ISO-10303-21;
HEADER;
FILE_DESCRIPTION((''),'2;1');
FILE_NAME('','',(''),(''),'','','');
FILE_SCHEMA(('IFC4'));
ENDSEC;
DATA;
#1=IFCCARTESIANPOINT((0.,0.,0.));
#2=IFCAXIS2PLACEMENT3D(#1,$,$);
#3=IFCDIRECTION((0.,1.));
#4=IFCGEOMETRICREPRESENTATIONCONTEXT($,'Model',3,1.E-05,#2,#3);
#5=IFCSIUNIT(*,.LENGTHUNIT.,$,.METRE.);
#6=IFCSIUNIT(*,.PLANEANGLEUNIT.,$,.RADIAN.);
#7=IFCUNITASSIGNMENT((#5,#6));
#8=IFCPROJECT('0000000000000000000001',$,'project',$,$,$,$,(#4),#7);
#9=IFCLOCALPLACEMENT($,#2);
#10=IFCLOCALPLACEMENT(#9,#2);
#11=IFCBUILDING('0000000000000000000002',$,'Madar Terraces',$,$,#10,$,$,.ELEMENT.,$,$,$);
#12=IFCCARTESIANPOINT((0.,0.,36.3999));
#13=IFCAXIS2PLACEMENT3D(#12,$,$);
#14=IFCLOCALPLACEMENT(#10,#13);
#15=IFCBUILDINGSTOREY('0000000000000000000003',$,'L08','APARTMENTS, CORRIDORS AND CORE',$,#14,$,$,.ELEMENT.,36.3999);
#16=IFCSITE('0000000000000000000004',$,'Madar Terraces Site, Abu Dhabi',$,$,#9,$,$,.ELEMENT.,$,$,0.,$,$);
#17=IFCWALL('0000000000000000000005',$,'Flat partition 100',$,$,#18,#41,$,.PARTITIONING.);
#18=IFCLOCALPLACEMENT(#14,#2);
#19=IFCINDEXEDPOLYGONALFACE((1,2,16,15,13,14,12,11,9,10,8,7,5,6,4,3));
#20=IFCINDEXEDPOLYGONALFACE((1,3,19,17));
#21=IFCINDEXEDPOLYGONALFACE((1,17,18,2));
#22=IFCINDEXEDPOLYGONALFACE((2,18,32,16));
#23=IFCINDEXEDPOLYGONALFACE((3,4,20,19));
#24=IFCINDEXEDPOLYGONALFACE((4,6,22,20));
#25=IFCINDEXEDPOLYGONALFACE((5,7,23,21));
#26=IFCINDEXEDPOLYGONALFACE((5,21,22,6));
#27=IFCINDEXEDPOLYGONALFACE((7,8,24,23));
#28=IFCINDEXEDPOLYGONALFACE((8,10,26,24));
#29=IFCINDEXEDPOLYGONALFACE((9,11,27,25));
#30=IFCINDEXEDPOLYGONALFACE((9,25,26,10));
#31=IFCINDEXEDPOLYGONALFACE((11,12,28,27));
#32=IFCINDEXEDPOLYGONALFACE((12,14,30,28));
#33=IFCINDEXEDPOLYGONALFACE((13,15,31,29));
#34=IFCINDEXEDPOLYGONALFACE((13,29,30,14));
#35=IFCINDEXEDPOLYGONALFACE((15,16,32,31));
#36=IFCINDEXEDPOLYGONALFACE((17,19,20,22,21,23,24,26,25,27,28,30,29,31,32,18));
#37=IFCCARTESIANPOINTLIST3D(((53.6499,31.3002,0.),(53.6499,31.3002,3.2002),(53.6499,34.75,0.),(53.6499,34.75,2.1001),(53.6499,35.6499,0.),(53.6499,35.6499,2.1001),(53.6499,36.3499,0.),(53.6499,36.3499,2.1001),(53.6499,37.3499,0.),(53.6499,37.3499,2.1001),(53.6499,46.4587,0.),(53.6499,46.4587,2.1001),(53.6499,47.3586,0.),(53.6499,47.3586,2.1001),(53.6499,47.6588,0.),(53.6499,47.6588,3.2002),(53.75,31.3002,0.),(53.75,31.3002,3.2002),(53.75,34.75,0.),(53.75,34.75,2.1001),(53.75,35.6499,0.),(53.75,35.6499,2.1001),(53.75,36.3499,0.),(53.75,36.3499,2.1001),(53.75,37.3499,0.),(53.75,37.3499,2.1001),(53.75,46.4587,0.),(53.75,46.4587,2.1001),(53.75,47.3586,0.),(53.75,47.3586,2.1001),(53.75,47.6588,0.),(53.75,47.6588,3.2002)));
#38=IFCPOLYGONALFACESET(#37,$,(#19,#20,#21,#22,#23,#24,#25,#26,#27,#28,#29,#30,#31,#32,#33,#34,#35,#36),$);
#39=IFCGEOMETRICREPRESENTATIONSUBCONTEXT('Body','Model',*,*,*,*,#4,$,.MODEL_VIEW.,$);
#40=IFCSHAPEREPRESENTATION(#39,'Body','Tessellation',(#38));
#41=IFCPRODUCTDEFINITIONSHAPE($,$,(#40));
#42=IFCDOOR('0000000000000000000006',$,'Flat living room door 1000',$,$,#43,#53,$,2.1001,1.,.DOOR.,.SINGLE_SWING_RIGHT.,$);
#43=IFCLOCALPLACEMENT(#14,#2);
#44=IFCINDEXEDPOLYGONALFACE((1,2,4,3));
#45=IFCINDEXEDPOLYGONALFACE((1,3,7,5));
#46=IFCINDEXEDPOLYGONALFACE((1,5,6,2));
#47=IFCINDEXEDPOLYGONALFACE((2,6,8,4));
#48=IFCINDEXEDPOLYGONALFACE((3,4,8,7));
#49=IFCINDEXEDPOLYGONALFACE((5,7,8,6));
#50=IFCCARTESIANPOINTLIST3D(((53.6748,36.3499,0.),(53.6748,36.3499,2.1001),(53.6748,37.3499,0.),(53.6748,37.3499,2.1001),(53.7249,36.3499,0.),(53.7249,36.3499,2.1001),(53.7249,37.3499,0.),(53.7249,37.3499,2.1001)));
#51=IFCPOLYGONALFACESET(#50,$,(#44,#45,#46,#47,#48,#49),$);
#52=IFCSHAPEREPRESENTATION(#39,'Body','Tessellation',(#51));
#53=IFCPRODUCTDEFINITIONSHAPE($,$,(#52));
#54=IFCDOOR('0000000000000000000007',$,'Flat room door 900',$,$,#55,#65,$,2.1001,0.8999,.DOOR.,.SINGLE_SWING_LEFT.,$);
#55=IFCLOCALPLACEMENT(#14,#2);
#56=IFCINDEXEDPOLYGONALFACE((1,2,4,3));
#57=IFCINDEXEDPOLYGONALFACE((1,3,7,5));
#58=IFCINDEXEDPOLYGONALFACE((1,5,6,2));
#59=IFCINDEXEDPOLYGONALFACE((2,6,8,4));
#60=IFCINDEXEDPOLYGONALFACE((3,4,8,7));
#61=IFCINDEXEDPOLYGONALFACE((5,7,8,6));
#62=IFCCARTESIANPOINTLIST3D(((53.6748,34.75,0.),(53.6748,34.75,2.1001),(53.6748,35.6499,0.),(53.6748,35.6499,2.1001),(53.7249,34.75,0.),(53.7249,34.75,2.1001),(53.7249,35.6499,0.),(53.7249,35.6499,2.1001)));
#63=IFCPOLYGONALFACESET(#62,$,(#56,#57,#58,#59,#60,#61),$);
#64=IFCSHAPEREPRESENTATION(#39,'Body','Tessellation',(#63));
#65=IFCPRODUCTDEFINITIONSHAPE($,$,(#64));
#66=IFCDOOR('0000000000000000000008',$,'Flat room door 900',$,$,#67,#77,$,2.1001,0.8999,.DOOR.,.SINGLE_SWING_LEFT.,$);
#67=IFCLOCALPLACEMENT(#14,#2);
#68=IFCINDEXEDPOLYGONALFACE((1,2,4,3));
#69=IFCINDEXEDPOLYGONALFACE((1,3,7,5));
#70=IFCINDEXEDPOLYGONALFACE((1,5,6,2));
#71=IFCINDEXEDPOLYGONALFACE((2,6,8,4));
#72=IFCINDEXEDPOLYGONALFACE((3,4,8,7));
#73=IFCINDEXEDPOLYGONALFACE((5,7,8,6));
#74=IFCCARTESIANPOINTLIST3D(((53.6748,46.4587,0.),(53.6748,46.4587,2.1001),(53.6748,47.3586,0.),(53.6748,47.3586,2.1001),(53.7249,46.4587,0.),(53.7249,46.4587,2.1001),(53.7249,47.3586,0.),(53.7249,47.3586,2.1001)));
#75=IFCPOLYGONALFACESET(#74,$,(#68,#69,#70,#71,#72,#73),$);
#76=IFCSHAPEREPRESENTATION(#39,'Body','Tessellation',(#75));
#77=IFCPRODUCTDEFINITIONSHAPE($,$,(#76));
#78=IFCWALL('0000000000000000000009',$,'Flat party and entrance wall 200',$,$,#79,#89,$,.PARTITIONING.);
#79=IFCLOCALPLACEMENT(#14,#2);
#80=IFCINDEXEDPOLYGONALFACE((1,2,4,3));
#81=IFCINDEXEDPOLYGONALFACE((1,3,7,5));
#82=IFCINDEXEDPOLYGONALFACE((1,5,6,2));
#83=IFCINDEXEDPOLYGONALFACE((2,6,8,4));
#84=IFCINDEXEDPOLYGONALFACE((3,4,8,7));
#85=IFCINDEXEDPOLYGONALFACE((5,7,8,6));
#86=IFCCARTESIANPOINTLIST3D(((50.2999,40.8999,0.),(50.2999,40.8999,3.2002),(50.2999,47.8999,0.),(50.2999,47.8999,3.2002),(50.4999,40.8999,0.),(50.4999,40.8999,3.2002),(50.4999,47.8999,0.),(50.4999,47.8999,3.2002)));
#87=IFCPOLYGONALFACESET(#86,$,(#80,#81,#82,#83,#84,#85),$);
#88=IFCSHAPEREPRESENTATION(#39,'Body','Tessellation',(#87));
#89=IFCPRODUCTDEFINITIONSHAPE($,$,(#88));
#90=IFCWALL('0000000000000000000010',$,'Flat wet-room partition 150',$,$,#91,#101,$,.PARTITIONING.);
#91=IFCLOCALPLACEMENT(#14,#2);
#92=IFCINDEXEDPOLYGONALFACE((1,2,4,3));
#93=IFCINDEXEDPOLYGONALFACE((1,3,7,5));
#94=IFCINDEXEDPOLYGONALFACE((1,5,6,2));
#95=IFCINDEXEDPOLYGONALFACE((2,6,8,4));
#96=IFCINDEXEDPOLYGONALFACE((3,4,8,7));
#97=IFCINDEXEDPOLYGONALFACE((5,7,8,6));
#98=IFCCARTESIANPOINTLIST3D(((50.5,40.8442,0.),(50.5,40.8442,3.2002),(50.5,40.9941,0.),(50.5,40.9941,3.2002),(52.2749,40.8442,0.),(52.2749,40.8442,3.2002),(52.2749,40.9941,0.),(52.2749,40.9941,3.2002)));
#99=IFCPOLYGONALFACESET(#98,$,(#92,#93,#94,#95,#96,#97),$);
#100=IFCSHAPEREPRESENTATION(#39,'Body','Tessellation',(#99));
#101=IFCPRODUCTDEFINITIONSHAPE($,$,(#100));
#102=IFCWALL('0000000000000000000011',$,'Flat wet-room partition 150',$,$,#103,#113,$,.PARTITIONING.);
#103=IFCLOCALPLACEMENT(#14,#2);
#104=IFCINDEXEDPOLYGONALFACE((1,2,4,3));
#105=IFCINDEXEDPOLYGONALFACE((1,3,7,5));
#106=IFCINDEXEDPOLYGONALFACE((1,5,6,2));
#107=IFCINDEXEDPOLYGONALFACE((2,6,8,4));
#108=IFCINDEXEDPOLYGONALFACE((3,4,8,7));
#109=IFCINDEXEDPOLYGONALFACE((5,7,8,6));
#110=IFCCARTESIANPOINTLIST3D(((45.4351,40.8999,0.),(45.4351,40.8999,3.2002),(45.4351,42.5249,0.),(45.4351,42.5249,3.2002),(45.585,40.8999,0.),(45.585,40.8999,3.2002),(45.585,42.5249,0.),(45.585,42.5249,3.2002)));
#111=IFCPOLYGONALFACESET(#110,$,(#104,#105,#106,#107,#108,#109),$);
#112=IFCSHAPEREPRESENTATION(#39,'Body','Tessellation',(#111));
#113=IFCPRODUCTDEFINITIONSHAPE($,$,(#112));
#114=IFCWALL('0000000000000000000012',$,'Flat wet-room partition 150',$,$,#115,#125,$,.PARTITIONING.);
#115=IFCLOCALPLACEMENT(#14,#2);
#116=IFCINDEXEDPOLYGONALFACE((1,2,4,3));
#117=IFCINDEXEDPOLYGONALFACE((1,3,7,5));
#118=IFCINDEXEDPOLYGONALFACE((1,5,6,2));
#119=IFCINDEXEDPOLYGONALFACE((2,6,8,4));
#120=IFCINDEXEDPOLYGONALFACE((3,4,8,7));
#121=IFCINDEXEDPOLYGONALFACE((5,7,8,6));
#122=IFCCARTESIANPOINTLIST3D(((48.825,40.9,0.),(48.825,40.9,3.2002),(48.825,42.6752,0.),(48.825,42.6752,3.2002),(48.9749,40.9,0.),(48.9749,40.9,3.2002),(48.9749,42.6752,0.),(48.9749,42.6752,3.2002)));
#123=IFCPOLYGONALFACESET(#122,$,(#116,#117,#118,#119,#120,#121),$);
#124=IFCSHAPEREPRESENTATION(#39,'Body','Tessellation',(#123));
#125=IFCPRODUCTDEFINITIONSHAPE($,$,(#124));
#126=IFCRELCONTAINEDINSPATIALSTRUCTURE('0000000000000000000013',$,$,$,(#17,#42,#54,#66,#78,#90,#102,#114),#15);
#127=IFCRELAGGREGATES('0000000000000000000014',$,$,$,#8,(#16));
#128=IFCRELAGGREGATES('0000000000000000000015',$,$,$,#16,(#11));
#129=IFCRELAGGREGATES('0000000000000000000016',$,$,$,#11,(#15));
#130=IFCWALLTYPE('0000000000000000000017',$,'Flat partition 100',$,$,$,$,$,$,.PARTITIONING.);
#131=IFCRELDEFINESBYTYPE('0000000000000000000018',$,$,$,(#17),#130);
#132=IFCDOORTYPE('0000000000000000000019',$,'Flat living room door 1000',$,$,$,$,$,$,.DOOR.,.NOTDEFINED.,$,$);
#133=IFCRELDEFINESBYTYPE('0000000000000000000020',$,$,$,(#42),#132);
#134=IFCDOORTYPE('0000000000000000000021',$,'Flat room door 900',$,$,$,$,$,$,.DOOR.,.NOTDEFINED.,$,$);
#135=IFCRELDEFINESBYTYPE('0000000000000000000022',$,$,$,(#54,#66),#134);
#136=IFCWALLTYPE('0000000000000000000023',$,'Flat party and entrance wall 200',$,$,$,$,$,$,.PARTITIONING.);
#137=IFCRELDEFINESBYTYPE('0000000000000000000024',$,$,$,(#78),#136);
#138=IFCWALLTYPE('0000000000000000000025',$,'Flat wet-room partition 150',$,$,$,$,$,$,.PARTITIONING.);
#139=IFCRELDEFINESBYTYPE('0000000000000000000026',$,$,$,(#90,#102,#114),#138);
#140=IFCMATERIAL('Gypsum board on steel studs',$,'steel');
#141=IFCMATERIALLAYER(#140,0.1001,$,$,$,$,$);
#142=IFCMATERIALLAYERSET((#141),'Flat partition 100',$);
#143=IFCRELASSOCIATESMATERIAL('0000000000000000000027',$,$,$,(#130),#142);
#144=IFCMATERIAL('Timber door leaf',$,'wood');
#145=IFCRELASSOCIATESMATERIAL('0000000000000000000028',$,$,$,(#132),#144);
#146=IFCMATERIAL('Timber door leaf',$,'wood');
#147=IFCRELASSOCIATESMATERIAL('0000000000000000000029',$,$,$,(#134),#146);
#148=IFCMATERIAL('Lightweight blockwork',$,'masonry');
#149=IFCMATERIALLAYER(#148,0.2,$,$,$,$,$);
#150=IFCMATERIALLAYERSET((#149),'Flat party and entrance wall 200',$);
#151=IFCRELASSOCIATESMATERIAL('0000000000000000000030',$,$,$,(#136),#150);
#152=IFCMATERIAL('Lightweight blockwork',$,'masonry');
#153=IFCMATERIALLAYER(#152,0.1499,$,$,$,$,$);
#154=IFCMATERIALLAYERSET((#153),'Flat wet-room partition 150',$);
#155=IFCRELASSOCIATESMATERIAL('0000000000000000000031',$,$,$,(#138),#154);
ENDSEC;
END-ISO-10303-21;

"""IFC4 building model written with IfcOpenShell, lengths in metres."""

from ifc_helpers import new_model, si_unit, direction, frame, frame_2d, origin, place, context, subcontext, project, spatial, rectangle, extrude, material, layer, layer_set, type_object, element, fill, save


model = new_model("IFC4")

# Units and contexts
model_context = context("Model", 3, precision=1e-05, world=origin(), true_north=direction((0.0, 1.0)))
body_context = subcontext(model_context, "Body", "Model", "MODEL_VIEW")
ifc_project = project(units=[si_unit("LENGTHUNIT", "METRE"), si_unit("PLANEANGLEUNIT", "RADIAN")], contexts=[model_context])

# Site, building, storey
site_placement = place(None, origin())
site = spatial("IfcSite", under=ifc_project, at=site_placement, Name="Madar Terraces Site, Abu Dhabi", CompositionType="ELEMENT", RefElevation=0.0)
building_placement = place(site_placement, origin())
building = spatial("IfcBuilding", under=site, at=building_placement, Name="Madar Terraces", CompositionType="ELEMENT")
storey_placement = place(building_placement, frame((0.0, 0.0, 36.3999)))
storey = spatial("IfcBuildingStorey", under=building, at=storey_placement, Name="L08", Description="APARTMENTS, CORRIDORS AND CORE", CompositionType="ELEMENT", Elevation=36.3999)

# Shared definitions
ifc_material_1 = material(Name="Gypsum board on steel studs", Category="steel")
ifc_layer_1 = layer(ifc_material_1, 0.1001)
ifc_layer_set_1 = layer_set([ifc_layer_1], Name="Flat partition 100")
wall_type_1 = type_object("IfcWallType", Name="Flat partition 100", PredefinedType="PARTITIONING", material=ifc_layer_set_1)

# Wall, openings, doors
wall_1_placement = place(storey_placement, frame((53.7, 47.6587, 0.0), z_axis=(0.0, 0.0, 1.0), x_axis=(0.0, -1.0, 0.0)))
wall_1 = element("IfcWall", 1, at=wall_1_placement, inside=storey, type_object=wall_type_1, Name="Flat partition 100", PredefinedType="PARTITIONING", context=body_context, shape_type="SweptSolid", body=[
    extrude(rectangle(XDim=16.3586, YDim=0.1001, at=frame_2d((8.1792, 0.0))), origin(), (0.0, 0.0, 1.0), 3.2002),
])
opening_1_placement = place(wall_1_placement, frame((12.0088, 0.0, 0.0)))
opening_1 = element("IfcOpeningElement", 2, at=opening_1_placement, cuts=wall_1, PredefinedType="OPENING", context=body_context, shape_type="SweptSolid", body=[
    extrude(rectangle(XDim=0.8999, YDim=2.1001, at=frame_2d((0.45, 1.05))), frame((0.0, 0.0601, 0.0), z_axis=(0.0, -1.0, 0.0), x_axis=(1.0, 0.0, 0.0)), (0.0, 0.0, 1.0), 0.1201),
])
opening_2_placement = place(wall_1_placement, frame((10.3088, 0.0, 0.0)))
opening_2 = element("IfcOpeningElement", 3, at=opening_2_placement, cuts=wall_1, PredefinedType="OPENING", context=body_context, shape_type="SweptSolid", body=[
    extrude(rectangle(XDim=1.0, YDim=2.1001, at=frame_2d((0.5, 1.05))), frame((0.0, 0.0601, 0.0), z_axis=(0.0, -1.0, 0.0), x_axis=(1.0, 0.0, 0.0)), (0.0, 0.0, 1.0), 0.1201),
])
opening_3_placement = place(wall_1_placement, frame((0.3, 0.0, 0.0)))
opening_3 = element("IfcOpeningElement", 4, at=opening_3_placement, cuts=wall_1, PredefinedType="OPENING", context=body_context, shape_type="SweptSolid", body=[
    extrude(rectangle(XDim=0.8999, YDim=2.1001, at=frame_2d((0.45, 1.05))), frame((0.0, 0.0601, 0.0), z_axis=(0.0, -1.0, 0.0), x_axis=(1.0, 0.0, 0.0)), (0.0, 0.0, 1.0), 0.1201),
])
ifc_material_2 = material(Name="Timber door leaf", Category="wood")
door_type_1 = type_object("IfcDoorType", Name="Flat living room door 1000", OperationType="NOTDEFINED", PredefinedType="DOOR", material=ifc_material_2)
door_1_placement = place(opening_2_placement, origin())
door_1 = element("IfcDoor", 5, at=door_1_placement, inside=storey, type_object=door_type_1, Name="Flat living room door 1000", OperationType="SINGLE_SWING_RIGHT", OverallHeight=2.1001, OverallWidth=1.0, PredefinedType="DOOR", context=body_context, shape_type="SweptSolid", body=[
    extrude(rectangle(XDim=1.0, YDim=2.1001, at=frame_2d((0.5, 1.05))), frame((0.0, 0.0249, 0.0), z_axis=(0.0, -1.0, 0.0), x_axis=(1.0, 0.0, 0.0)), (0.0, 0.0, 1.0), 0.05),
])
fill(opening_2, door_1)
ifc_material_3 = material(Name="Timber door leaf", Category="wood")
door_type_2 = type_object("IfcDoorType", Name="Flat room door 900", OperationType="NOTDEFINED", PredefinedType="DOOR", material=ifc_material_3)
door_2_placement = place(opening_1_placement, origin())
door_2 = element("IfcDoor", 6, at=door_2_placement, inside=storey, type_object=door_type_2, Name="Flat room door 900", OperationType="SINGLE_SWING_LEFT", OverallHeight=2.1001, OverallWidth=0.8999, PredefinedType="DOOR", context=body_context, shape_type="SweptSolid", body=[
    extrude(rectangle(XDim=0.8999, YDim=2.1001, at=frame_2d((0.45, 1.05))), frame((0.0, 0.0249, 0.0), z_axis=(0.0, -1.0, 0.0), x_axis=(1.0, 0.0, 0.0)), (0.0, 0.0, 1.0), 0.05),
])
fill(opening_1, door_2)
door_3_placement = place(opening_3_placement, origin())
door_3 = element("IfcDoor", 7, at=door_3_placement, inside=storey, type_object=door_type_2, Name="Flat room door 900", OperationType="SINGLE_SWING_LEFT", OverallHeight=2.1001, OverallWidth=0.8999, PredefinedType="DOOR", context=body_context, shape_type="SweptSolid", body=[
    extrude(rectangle(XDim=0.8999, YDim=2.1001, at=frame_2d((0.45, 1.05))), frame((0.0, 0.0249, 0.0), z_axis=(0.0, -1.0, 0.0), x_axis=(1.0, 0.0, 0.0)), (0.0, 0.0, 1.0), 0.05),
])
fill(opening_3, door_3)

# Walls
ifc_material_4 = material(Name="Lightweight blockwork", Category="masonry")
ifc_layer_2 = layer(ifc_material_4, 0.2)
ifc_layer_set_2 = layer_set([ifc_layer_2], Name="Flat party and entrance wall 200")
wall_type_2 = type_object("IfcWallType", Name="Flat party and entrance wall 200", PredefinedType="PARTITIONING", material=ifc_layer_set_2)
wall_2_placement = place(storey_placement, frame((50.3999, 40.8999, 0.0), z_axis=(0.0, 0.0, 1.0), x_axis=(0.0, 1.0, 0.0)))
element("IfcWall", 8, at=wall_2_placement, inside=storey, type_object=wall_type_2, Name="Flat party and entrance wall 200", PredefinedType="PARTITIONING", context=body_context, shape_type="SweptSolid", body=[
    extrude(rectangle(XDim=7.0, YDim=0.2, at=frame_2d((3.5, 0.0))), origin(), (0.0, 0.0, 1.0), 3.2002),
])
ifc_material_5 = material(Name="Lightweight blockwork", Category="masonry")
ifc_layer_3 = layer(ifc_material_5, 0.1499)
ifc_layer_set_3 = layer_set([ifc_layer_3], Name="Flat wet-room partition 150")
wall_type_3 = type_object("IfcWallType", Name="Flat wet-room partition 150", PredefinedType="PARTITIONING", material=ifc_layer_set_3)
wall_3_placement = place(storey_placement, frame((50.5, 40.9192, 0.0), z_axis=(0.0, 0.0, 1.0), x_axis=(1.0, 0.0, 0.0)))
element("IfcWall", 9, at=wall_3_placement, inside=storey, type_object=wall_type_3, Name="Flat wet-room partition 150", PredefinedType="PARTITIONING", context=body_context, shape_type="SweptSolid", body=[
    extrude(rectangle(XDim=1.7749, YDim=0.1499, at=frame_2d((0.8875, 0.0))), origin(), (0.0, 0.0, 1.0), 3.2002),
])
wall_4_placement = place(storey_placement, frame((45.51, 40.8999, 0.0), z_axis=(0.0, 0.0, 1.0), x_axis=(0.0, 1.0, 0.0)))
element("IfcWall", 10, at=wall_4_placement, inside=storey, type_object=wall_type_3, Name="Flat wet-room partition 150", PredefinedType="PARTITIONING", context=body_context, shape_type="SweptSolid", body=[
    extrude(rectangle(XDim=1.625, YDim=0.1499, at=frame_2d((0.8125, 0.0))), origin(), (0.0, 0.0, 1.0), 3.2002),
])
wall_5_placement = place(storey_placement, frame((48.8999, 40.8999, 0.0), z_axis=(0.0, 0.0, 1.0), x_axis=(0.0, 1.0, 0.0)))
element("IfcWall", 11, at=wall_5_placement, inside=storey, type_object=wall_type_3, Name="Flat wet-room partition 150", PredefinedType="PARTITIONING", context=body_context, shape_type="SweptSolid", body=[
    extrude(rectangle(XDim=1.7751, YDim=0.1499, at=frame_2d((0.8877, 0.0))), origin(), (0.0, 0.0, 1.0), 3.2002),
])

save(model, "model.ifc")
